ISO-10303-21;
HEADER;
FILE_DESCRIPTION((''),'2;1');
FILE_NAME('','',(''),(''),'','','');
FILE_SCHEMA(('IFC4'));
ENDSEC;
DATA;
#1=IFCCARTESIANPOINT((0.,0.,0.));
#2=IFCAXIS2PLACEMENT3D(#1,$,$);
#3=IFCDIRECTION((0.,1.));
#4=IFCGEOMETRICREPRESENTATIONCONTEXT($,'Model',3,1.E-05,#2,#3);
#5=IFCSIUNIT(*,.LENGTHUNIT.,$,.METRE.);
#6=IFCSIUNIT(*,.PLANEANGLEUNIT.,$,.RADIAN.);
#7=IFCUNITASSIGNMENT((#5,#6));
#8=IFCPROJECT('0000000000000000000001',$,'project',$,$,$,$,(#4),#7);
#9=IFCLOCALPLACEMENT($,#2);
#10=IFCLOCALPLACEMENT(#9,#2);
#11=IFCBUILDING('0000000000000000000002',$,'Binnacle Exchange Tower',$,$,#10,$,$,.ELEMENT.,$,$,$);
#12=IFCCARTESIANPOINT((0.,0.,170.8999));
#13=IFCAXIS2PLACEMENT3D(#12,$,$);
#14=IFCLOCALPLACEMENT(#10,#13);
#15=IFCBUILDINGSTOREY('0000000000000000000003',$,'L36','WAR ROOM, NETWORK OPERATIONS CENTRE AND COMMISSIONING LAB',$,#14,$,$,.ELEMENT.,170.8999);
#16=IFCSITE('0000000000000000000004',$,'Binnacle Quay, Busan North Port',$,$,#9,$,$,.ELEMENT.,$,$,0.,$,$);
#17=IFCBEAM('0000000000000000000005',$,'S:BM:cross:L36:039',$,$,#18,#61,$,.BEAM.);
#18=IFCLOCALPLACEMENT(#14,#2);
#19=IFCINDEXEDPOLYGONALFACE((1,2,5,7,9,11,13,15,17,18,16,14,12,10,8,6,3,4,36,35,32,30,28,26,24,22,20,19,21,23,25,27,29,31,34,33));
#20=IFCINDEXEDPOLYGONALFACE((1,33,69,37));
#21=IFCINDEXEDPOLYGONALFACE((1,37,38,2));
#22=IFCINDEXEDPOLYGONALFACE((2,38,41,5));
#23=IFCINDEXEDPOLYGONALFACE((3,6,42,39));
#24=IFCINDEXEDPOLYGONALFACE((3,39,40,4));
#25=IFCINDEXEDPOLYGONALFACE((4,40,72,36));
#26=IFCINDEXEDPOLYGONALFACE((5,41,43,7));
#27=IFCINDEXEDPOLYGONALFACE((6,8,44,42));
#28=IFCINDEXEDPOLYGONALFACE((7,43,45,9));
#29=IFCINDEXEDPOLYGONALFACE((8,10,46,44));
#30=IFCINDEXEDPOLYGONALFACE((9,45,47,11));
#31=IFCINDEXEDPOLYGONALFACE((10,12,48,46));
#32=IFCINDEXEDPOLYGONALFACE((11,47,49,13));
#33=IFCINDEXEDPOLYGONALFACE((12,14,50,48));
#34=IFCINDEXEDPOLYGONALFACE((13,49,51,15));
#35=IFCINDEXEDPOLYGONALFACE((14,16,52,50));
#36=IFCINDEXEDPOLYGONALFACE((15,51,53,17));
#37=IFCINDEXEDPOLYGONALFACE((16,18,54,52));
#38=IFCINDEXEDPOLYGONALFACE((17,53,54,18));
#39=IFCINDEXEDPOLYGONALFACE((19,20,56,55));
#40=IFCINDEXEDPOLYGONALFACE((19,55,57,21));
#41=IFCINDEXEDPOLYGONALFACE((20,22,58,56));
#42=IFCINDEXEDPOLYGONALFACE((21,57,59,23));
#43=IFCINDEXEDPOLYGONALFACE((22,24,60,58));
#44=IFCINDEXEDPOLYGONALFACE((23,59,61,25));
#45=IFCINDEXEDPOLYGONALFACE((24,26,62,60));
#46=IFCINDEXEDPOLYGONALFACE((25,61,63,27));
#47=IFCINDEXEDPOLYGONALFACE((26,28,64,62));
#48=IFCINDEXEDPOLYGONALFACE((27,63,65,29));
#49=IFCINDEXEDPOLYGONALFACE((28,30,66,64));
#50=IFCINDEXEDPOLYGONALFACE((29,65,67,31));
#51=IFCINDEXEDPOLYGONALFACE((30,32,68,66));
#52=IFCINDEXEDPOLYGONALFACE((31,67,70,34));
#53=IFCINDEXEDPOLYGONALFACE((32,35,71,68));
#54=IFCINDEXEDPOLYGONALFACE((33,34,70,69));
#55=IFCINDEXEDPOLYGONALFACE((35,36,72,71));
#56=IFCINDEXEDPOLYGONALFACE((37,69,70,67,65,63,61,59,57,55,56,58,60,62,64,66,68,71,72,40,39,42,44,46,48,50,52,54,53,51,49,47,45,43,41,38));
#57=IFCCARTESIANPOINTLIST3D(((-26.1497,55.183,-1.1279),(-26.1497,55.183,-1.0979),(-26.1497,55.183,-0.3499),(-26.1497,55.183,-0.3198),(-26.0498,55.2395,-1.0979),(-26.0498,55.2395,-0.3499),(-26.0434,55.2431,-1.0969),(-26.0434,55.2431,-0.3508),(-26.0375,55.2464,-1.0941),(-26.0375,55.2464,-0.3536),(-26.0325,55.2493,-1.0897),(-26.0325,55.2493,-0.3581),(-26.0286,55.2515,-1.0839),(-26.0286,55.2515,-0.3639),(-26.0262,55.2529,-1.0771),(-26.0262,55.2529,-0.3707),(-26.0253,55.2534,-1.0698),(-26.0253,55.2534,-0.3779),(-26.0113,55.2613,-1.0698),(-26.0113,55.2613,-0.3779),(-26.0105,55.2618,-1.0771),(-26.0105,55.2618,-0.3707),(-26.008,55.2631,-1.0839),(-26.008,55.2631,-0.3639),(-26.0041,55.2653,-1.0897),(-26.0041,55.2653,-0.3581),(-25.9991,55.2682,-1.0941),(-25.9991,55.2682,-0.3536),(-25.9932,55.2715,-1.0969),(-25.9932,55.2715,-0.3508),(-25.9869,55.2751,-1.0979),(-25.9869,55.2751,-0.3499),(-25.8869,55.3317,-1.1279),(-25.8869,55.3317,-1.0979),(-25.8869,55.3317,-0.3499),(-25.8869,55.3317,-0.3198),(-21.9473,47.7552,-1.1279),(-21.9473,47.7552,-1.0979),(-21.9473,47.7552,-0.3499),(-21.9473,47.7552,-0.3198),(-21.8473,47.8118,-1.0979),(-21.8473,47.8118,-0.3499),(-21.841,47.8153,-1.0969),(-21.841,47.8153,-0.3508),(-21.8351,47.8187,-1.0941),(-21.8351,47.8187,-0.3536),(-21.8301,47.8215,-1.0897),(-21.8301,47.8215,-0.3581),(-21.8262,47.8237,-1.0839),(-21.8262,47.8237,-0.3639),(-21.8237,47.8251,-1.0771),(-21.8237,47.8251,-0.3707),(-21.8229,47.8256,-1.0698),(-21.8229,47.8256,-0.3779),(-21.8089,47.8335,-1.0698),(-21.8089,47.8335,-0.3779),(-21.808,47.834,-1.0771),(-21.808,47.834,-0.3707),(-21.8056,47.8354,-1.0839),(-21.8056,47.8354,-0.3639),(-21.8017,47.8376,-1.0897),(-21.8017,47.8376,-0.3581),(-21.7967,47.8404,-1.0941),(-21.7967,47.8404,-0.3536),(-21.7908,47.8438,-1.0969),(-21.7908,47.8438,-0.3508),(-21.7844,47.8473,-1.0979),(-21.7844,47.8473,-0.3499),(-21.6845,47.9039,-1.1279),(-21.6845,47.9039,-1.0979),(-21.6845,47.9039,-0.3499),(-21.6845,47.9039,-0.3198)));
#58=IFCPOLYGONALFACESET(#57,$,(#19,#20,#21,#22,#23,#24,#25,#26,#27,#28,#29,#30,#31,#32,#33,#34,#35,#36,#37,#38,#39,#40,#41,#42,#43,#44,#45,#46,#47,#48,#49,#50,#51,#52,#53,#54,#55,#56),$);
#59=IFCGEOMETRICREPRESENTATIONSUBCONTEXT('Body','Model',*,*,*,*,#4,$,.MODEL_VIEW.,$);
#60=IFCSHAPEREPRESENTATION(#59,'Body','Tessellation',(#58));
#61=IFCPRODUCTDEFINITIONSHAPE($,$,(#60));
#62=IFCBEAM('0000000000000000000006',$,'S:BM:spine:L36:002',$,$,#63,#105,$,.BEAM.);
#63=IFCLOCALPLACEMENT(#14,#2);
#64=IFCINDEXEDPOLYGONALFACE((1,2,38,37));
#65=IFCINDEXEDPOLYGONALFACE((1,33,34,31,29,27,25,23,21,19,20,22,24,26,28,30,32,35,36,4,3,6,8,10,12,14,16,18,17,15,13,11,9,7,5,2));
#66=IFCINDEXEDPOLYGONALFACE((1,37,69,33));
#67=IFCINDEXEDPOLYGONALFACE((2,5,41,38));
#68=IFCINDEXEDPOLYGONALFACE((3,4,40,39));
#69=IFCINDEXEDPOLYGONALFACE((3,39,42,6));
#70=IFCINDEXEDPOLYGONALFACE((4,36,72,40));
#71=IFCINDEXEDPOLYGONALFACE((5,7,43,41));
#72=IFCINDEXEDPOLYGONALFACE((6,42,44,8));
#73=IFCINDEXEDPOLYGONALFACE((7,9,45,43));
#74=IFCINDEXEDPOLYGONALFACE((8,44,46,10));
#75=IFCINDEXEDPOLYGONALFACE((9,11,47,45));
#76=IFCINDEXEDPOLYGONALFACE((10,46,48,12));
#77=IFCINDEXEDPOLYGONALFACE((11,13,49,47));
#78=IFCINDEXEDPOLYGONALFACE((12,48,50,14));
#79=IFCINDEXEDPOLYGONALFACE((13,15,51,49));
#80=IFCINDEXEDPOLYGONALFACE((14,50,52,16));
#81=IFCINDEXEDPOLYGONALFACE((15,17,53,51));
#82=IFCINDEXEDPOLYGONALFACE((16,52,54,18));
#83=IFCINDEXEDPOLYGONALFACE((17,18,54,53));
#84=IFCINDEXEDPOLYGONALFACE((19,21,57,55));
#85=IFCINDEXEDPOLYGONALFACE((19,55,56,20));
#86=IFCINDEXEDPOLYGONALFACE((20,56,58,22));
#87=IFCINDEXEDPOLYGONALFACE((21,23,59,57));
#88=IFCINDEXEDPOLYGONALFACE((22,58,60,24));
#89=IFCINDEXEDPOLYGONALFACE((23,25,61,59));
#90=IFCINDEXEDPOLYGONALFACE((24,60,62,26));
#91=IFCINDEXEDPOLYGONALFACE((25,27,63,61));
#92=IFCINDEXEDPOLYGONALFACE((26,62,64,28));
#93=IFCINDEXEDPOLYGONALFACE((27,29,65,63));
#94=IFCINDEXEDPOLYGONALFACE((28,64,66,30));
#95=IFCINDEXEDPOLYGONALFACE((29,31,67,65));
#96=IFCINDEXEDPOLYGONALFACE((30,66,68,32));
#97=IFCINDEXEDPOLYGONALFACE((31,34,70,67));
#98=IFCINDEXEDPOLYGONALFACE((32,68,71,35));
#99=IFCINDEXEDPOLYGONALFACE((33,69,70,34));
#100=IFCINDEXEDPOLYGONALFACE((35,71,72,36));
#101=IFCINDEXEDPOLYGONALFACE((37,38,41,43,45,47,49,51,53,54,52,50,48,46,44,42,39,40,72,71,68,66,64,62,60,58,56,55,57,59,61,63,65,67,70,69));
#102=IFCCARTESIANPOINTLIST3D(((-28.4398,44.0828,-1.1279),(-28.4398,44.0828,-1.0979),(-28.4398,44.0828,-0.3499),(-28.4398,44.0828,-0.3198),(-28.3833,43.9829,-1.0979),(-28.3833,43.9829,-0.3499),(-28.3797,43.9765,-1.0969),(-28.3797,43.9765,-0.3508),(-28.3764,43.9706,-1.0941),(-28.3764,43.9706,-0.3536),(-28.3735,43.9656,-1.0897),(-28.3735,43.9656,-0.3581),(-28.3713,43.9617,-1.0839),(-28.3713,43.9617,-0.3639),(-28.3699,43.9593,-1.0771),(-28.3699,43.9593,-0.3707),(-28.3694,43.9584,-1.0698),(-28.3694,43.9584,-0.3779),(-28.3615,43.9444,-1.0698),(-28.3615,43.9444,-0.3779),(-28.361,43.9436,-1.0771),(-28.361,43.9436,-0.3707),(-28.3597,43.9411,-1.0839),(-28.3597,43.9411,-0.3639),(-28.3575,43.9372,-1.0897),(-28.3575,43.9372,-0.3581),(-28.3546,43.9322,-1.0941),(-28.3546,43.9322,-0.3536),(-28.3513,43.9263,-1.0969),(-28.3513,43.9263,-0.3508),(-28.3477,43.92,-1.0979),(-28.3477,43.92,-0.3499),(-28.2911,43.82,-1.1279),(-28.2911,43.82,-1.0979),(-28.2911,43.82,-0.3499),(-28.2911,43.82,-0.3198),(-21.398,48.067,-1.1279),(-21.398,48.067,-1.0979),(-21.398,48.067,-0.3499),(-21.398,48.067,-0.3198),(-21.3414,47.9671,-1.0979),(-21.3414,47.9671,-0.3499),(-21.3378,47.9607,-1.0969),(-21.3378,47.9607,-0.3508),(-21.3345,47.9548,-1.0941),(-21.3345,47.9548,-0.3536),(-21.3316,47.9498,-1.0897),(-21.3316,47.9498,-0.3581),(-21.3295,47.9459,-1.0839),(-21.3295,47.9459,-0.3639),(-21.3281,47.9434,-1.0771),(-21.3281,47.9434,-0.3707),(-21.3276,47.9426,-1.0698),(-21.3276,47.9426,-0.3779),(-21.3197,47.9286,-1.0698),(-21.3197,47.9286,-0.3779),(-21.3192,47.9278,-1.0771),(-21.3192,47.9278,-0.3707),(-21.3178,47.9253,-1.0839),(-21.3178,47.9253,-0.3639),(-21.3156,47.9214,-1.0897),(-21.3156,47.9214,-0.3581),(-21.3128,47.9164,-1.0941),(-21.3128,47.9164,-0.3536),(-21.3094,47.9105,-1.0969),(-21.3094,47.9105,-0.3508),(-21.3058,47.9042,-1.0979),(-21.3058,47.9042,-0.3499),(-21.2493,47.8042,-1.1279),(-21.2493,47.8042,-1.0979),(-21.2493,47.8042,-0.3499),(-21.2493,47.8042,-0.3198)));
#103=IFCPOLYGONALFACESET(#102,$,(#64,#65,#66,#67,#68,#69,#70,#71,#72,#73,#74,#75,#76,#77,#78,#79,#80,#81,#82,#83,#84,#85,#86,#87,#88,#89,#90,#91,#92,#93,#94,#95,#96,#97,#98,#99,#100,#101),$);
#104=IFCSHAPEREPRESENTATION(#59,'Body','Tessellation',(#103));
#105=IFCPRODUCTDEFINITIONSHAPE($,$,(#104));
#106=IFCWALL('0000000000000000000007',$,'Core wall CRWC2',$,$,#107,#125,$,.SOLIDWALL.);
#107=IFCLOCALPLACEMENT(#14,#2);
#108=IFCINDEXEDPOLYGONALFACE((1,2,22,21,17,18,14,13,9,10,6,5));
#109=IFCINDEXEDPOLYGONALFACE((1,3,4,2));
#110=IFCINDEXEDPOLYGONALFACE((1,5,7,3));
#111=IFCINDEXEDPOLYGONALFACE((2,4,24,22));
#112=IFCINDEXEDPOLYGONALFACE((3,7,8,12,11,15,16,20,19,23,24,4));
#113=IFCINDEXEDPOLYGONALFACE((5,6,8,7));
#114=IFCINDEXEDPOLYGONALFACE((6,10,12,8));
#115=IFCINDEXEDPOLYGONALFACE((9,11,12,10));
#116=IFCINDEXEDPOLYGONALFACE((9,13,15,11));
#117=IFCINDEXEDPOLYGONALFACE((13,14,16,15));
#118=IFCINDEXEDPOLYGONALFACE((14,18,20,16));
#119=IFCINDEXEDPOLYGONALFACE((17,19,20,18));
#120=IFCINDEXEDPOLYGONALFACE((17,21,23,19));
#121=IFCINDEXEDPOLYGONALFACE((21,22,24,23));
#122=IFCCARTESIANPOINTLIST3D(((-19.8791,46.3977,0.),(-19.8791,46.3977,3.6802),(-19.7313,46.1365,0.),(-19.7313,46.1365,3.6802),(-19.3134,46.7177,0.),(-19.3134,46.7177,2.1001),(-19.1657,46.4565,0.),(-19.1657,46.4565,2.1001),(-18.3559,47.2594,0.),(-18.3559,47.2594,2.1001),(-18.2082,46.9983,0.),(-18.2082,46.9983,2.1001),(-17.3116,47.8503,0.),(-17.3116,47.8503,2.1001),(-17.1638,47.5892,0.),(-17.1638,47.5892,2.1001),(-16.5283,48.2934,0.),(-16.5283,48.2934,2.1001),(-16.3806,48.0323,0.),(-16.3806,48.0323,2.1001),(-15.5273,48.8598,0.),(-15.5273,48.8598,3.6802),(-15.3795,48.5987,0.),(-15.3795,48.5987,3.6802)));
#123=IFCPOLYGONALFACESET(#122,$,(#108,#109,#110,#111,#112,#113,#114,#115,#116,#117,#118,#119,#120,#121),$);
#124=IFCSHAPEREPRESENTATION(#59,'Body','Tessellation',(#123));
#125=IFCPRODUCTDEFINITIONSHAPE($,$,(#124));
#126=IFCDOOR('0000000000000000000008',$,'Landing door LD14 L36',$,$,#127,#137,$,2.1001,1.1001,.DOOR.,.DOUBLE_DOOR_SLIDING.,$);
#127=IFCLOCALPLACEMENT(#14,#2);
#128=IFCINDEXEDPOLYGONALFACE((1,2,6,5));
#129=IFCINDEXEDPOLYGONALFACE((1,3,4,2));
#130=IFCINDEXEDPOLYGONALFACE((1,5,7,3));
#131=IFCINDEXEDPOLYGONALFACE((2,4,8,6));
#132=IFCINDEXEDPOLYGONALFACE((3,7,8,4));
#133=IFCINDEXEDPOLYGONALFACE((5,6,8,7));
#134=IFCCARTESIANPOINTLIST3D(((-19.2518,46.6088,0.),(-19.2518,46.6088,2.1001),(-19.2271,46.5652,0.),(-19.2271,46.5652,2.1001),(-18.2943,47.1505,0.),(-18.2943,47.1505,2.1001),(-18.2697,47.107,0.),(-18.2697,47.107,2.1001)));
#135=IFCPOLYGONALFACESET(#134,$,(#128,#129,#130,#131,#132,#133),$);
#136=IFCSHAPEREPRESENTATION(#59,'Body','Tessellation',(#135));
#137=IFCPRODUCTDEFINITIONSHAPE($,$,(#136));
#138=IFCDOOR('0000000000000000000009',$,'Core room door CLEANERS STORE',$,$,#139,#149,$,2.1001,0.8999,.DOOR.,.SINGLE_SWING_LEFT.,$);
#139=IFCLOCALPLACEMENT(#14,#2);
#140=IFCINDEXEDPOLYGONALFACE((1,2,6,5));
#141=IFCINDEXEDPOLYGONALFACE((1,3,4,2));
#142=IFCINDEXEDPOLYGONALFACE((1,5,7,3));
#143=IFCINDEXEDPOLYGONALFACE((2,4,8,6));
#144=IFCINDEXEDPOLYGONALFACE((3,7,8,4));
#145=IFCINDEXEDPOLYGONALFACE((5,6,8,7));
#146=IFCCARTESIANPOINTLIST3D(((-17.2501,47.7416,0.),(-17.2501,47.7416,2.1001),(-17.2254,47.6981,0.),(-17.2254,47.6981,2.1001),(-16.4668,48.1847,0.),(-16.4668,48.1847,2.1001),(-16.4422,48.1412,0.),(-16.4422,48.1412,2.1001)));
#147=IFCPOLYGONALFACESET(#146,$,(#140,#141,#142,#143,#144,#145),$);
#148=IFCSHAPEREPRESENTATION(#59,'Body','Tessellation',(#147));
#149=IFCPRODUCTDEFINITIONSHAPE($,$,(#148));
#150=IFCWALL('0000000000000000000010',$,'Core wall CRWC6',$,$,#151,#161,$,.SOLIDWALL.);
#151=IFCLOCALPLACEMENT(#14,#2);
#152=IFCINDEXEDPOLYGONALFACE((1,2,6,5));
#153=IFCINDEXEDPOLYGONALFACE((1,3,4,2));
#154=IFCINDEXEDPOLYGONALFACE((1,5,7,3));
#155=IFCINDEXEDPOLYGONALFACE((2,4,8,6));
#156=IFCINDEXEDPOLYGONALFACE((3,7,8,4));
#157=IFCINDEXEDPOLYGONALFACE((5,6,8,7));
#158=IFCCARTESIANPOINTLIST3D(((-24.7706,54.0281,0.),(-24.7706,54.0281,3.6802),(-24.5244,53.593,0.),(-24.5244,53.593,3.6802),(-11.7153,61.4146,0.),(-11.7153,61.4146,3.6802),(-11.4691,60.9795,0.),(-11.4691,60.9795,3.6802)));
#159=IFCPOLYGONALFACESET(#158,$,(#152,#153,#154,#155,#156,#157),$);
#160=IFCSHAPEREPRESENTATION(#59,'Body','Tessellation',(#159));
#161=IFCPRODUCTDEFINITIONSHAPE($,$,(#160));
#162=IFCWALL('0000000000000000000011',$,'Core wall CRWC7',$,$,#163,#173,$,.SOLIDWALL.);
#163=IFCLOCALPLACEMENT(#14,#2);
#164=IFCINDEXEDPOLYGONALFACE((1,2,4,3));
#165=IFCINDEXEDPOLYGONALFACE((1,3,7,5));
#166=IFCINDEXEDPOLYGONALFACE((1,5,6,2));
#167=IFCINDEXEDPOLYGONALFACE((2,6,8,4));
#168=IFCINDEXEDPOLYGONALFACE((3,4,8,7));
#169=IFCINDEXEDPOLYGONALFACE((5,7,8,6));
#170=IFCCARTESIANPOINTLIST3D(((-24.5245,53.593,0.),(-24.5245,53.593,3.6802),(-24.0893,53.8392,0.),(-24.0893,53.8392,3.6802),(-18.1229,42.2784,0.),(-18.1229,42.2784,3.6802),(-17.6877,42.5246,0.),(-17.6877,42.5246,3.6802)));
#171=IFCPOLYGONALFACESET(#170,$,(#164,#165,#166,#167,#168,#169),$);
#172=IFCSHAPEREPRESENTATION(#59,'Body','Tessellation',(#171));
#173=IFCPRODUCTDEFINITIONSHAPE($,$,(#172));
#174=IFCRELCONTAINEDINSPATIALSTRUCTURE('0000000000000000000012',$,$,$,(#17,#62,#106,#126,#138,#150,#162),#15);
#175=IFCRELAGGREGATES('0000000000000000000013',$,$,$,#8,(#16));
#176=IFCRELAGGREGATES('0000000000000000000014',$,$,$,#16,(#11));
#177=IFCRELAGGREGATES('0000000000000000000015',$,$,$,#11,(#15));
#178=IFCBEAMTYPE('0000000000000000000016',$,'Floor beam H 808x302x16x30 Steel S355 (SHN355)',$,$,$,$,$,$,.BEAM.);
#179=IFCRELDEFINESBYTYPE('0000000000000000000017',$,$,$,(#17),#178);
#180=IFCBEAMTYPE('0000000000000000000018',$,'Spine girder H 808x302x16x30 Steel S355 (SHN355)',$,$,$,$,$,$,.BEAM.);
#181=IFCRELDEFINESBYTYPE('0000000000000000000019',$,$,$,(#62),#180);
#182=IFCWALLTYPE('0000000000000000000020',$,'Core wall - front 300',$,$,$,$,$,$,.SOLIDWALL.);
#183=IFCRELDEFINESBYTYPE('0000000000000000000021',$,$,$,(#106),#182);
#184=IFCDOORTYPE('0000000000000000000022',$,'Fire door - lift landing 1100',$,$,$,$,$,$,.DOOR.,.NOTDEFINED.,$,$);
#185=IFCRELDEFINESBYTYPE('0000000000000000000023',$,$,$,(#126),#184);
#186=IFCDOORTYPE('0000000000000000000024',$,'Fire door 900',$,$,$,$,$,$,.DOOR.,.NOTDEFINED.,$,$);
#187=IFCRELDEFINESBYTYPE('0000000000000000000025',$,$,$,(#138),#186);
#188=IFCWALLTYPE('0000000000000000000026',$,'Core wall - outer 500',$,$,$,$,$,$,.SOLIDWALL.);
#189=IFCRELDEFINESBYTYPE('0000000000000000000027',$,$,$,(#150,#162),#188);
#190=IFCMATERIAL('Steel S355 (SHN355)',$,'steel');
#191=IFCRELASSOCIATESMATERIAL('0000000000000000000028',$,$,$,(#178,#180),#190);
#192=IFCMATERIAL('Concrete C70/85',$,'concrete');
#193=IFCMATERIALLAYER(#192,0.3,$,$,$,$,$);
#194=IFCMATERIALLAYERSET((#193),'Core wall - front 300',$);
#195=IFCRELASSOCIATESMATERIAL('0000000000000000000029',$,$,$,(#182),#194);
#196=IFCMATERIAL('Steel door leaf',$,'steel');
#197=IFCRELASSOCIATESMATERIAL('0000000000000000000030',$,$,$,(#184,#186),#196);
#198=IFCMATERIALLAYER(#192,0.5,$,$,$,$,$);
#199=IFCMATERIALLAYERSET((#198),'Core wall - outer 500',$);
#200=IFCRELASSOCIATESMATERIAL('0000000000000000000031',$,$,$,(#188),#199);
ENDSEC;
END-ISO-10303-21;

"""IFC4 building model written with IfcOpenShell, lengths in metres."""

from ifc_helpers import new_model, si_unit, direction, frame, frame_2d, origin, origin_2d, place, context, subcontext, project, spatial, rectangle, i_section, extrude, material, layer, layer_set, material_profile, profile_set, type_object, element, fill, save


model = new_model("IFC4")

# Units and contexts
model_context = context("Model", 3, precision=1e-05, world=origin(), true_north=direction((0.0, 1.0)))
body_context = subcontext(model_context, "Body", "Model", "MODEL_VIEW")
ifc_project = project(units=[si_unit("LENGTHUNIT", "METRE"), si_unit("PLANEANGLEUNIT", "RADIAN")], contexts=[model_context])

# Site, building, storey
site_placement = place(None, origin())
site = spatial("IfcSite", under=ifc_project, at=site_placement, Name="Binnacle Quay, Busan North Port", CompositionType="ELEMENT", RefElevation=0.0)
building_placement = place(site_placement, origin())
building = spatial("IfcBuilding", under=site, at=building_placement, Name="Binnacle Exchange Tower", CompositionType="ELEMENT")
storey_placement = place(building_placement, frame((0.0, 0.0, 170.8999)))
storey = spatial("IfcBuildingStorey", under=building, at=storey_placement, Name="L36", Description="WAR ROOM, NETWORK OPERATIONS CENTRE AND COMMISSIONING LAB", CompositionType="ELEMENT", Elevation=170.8999)

# Shared definitions
ifc_material_1 = material(Name="Concrete C70/85", Category="concrete")

# Beams
ifc_material_2 = material(Name="Steel S355 (SHN355)", Category="steel")
ifc_material_profile_1 = material_profile(ifc_material_2, i_section(OverallWidth=0.302, OverallDepth=0.8081, WebThickness=0.0161, FlangeThickness=0.03, FilletRadius=0.0281, at=origin_2d()), Name="H 808x302x16x30")
ifc_profile_set_1 = profile_set([ifc_material_profile_1], Name="Steel S355 (SHN355)")
beam_type_1 = type_object("IfcBeamType", Name="Floor beam H 808x302x16x30 Steel S355 (SHN355)", PredefinedType="BEAM", material=ifc_profile_set_1)
beam_1_placement = place(storey_placement, frame((-26.0183, 55.2573, -0.7239), z_axis=(0.492422, -0.870357, 0.0), x_axis=(0.870357, 0.492422, 0.0)))
element("IfcBeam", 1, at=beam_1_placement, inside=storey, type_object=beam_type_1, Name="S:BM:cross:L36:039", PredefinedType="BEAM", context=body_context, shape_type="SweptSolid", body=[
    extrude(i_section(OverallWidth=0.302, OverallDepth=0.8081, WebThickness=0.0161, FlangeThickness=0.03, FilletRadius=0.0281, at=origin_2d()), origin(), (0.0, 0.0, 1.0), 8.5342),
])
ifc_material_profile_2 = material_profile(ifc_material_2, i_section(OverallWidth=0.302, OverallDepth=0.8081, WebThickness=0.0161, FlangeThickness=0.03, FilletRadius=0.0281, at=origin_2d()), Name="H 808x302x16x30")
ifc_profile_set_2 = profile_set([ifc_material_profile_2], Name="Steel S355 (SHN355)")
beam_type_2 = type_object("IfcBeamType", Name="Spine girder H 808x302x16x30 Steel S355 (SHN355)", PredefinedType="BEAM", material=ifc_profile_set_2)
beam_2_placement = place(storey_placement, frame((-28.3655, 43.9514, -0.7239), z_axis=(0.87035, 0.492433, 0.0), x_axis=(-0.492433, 0.87035, 0.0)))
element("IfcBeam", 2, at=beam_2_placement, inside=storey, type_object=beam_type_2, Name="S:BM:spine:L36:002", PredefinedType="BEAM", context=body_context, shape_type="SweptSolid", body=[
    extrude(i_section(OverallWidth=0.302, OverallDepth=0.8081, WebThickness=0.0161, FlangeThickness=0.03, FilletRadius=0.0281, at=origin_2d()), origin(), (0.0, 0.0, 1.0), 8.0908),
])

# Wall, openings, doors
ifc_layer_1 = layer(ifc_material_1, 0.3)
ifc_layer_set_1 = layer_set([ifc_layer_1], Name="Core wall - front 300")
wall_type_1 = type_object("IfcWallType", Name="Core wall - front 300", PredefinedType="SOLIDWALL", material=ifc_layer_set_1)
wall_1_placement = place(storey_placement, frame((-19.8052, 46.2671, 0.0), z_axis=(0.0, 0.0, 1.0), x_axis=(0.870354, 0.492427, 0.0)))
wall_1 = element("IfcWall", 3, at=wall_1_placement, inside=storey, type_object=wall_type_1, Name="Core wall CRWC2", PredefinedType="SOLIDWALL", context=body_context, shape_type="SweptSolid", body=[
    extrude(rectangle(XDim=5.0, YDim=0.3, at=frame_2d((2.5, 0.0))), origin(), (0.0, 0.0, 1.0), 3.6802),
])
opening_1_placement = place(wall_1_placement, frame((0.6499, 0.0, 0.0)))
opening_1 = element("IfcOpeningElement", 4, at=opening_1_placement, cuts=wall_1, PredefinedType="OPENING", context=body_context, shape_type="SweptSolid", body=[
    extrude(rectangle(XDim=1.1001, YDim=2.1001, at=frame_2d((0.55, 1.05))), frame((0.0, 0.1599, 0.0), z_axis=(0.0, -1.0, 0.0), x_axis=(1.0, 0.0, 0.0)), (0.0, 0.0, 1.0), 0.3201),
])
opening_2_placement = place(wall_1_placement, frame((2.95, 0.0, 0.0)))
opening_2 = element("IfcOpeningElement", 5, at=opening_2_placement, cuts=wall_1, PredefinedType="OPENING", context=body_context, shape_type="SweptSolid", body=[
    extrude(rectangle(XDim=0.8999, YDim=2.1001, at=frame_2d((0.45, 1.05))), frame((0.0, 0.1599, 0.0), z_axis=(0.0, -1.0, 0.0), x_axis=(1.0, 0.0, 0.0)), (0.0, 0.0, 1.0), 0.3201),
])
ifc_material_3 = material(Name="Steel door leaf", Category="steel")
door_type_1 = type_object("IfcDoorType", Name="Fire door - lift landing 1100", OperationType="NOTDEFINED", PredefinedType="DOOR", material=ifc_material_3)
door_1_placement = place(opening_1_placement, origin())
door_1 = element("IfcDoor", 6, at=door_1_placement, inside=storey, type_object=door_type_1, Name="Landing door LD14 L36", OperationType="DOUBLE_DOOR_SLIDING", OverallHeight=2.1001, OverallWidth=1.1001, PredefinedType="DOOR", context=body_context, shape_type="SweptSolid", body=[
    extrude(rectangle(XDim=1.1001, YDim=2.1001, at=frame_2d((0.55, 1.05))), frame((0.0, 0.0249, 0.0), z_axis=(0.0, -1.0, 0.0), x_axis=(1.0, 0.0, 0.0)), (0.0, 0.0, 1.0), 0.05),
])
fill(opening_1, door_1)
door_type_2 = type_object("IfcDoorType", Name="Fire door 900", OperationType="NOTDEFINED", PredefinedType="DOOR", material=ifc_material_3)
door_2_placement = place(opening_2_placement, frame((0.8999, 0.0, 0.0), z_axis=(0.0, 0.0, 1.0), x_axis=(-1.0, 0.0, 0.0)))
door_2 = element("IfcDoor", 7, at=door_2_placement, inside=storey, type_object=door_type_2, Name="Core room door CLEANERS STORE", OperationType="SINGLE_SWING_LEFT", OverallHeight=2.1001, OverallWidth=0.8999, PredefinedType="DOOR", context=body_context, shape_type="SweptSolid", body=[
    extrude(rectangle(XDim=0.8999, YDim=2.1001, at=frame_2d((0.45, 1.05))), frame((0.0, 0.0249, 0.0), z_axis=(0.0, -1.0, 0.0), x_axis=(1.0, 0.0, 0.0)), (0.0, 0.0, 1.0), 0.05),
])
fill(opening_2, door_2)

# Walls
ifc_layer_2 = layer(ifc_material_1, 0.5)
ifc_layer_set_2 = layer_set([ifc_layer_2], Name="Core wall - outer 500")
wall_type_2 = type_object("IfcWallType", Name="Core wall - outer 500", PredefinedType="SOLIDWALL", material=ifc_layer_set_2)
wall_2_placement = place(storey_placement, frame((-24.6475, 53.8105, 0.0), z_axis=(0.0, 0.0, 1.0), x_axis=(0.87035, 0.492434, 0.0)))
element("IfcWall", 8, at=wall_2_placement, inside=storey, type_object=wall_type_2, Name="Core wall CRWC6", PredefinedType="SOLIDWALL", context=body_context, shape_type="SweptSolid", body=[
    extrude(rectangle(XDim=15.0, YDim=0.5, at=frame_2d((7.5, 0.0))), origin(), (0.0, 0.0, 1.0), 3.6802),
])
wall_3_placement = place(storey_placement, frame((-24.3069, 53.7161, 0.0), z_axis=(0.0, 0.0, 1.0), x_axis=(0.492427, -0.870354, 0.0)))
element("IfcWall", 9, at=wall_3_placement, inside=storey, type_object=wall_type_2, Name="Core wall CRWC7", PredefinedType="SOLIDWALL", context=body_context, shape_type="SweptSolid", body=[
    extrude(rectangle(XDim=13.0, YDim=0.5, at=frame_2d((6.5, 0.0))), origin(), (0.0, 0.0, 1.0), 3.6802),
])

save(model, "model.ifc")
